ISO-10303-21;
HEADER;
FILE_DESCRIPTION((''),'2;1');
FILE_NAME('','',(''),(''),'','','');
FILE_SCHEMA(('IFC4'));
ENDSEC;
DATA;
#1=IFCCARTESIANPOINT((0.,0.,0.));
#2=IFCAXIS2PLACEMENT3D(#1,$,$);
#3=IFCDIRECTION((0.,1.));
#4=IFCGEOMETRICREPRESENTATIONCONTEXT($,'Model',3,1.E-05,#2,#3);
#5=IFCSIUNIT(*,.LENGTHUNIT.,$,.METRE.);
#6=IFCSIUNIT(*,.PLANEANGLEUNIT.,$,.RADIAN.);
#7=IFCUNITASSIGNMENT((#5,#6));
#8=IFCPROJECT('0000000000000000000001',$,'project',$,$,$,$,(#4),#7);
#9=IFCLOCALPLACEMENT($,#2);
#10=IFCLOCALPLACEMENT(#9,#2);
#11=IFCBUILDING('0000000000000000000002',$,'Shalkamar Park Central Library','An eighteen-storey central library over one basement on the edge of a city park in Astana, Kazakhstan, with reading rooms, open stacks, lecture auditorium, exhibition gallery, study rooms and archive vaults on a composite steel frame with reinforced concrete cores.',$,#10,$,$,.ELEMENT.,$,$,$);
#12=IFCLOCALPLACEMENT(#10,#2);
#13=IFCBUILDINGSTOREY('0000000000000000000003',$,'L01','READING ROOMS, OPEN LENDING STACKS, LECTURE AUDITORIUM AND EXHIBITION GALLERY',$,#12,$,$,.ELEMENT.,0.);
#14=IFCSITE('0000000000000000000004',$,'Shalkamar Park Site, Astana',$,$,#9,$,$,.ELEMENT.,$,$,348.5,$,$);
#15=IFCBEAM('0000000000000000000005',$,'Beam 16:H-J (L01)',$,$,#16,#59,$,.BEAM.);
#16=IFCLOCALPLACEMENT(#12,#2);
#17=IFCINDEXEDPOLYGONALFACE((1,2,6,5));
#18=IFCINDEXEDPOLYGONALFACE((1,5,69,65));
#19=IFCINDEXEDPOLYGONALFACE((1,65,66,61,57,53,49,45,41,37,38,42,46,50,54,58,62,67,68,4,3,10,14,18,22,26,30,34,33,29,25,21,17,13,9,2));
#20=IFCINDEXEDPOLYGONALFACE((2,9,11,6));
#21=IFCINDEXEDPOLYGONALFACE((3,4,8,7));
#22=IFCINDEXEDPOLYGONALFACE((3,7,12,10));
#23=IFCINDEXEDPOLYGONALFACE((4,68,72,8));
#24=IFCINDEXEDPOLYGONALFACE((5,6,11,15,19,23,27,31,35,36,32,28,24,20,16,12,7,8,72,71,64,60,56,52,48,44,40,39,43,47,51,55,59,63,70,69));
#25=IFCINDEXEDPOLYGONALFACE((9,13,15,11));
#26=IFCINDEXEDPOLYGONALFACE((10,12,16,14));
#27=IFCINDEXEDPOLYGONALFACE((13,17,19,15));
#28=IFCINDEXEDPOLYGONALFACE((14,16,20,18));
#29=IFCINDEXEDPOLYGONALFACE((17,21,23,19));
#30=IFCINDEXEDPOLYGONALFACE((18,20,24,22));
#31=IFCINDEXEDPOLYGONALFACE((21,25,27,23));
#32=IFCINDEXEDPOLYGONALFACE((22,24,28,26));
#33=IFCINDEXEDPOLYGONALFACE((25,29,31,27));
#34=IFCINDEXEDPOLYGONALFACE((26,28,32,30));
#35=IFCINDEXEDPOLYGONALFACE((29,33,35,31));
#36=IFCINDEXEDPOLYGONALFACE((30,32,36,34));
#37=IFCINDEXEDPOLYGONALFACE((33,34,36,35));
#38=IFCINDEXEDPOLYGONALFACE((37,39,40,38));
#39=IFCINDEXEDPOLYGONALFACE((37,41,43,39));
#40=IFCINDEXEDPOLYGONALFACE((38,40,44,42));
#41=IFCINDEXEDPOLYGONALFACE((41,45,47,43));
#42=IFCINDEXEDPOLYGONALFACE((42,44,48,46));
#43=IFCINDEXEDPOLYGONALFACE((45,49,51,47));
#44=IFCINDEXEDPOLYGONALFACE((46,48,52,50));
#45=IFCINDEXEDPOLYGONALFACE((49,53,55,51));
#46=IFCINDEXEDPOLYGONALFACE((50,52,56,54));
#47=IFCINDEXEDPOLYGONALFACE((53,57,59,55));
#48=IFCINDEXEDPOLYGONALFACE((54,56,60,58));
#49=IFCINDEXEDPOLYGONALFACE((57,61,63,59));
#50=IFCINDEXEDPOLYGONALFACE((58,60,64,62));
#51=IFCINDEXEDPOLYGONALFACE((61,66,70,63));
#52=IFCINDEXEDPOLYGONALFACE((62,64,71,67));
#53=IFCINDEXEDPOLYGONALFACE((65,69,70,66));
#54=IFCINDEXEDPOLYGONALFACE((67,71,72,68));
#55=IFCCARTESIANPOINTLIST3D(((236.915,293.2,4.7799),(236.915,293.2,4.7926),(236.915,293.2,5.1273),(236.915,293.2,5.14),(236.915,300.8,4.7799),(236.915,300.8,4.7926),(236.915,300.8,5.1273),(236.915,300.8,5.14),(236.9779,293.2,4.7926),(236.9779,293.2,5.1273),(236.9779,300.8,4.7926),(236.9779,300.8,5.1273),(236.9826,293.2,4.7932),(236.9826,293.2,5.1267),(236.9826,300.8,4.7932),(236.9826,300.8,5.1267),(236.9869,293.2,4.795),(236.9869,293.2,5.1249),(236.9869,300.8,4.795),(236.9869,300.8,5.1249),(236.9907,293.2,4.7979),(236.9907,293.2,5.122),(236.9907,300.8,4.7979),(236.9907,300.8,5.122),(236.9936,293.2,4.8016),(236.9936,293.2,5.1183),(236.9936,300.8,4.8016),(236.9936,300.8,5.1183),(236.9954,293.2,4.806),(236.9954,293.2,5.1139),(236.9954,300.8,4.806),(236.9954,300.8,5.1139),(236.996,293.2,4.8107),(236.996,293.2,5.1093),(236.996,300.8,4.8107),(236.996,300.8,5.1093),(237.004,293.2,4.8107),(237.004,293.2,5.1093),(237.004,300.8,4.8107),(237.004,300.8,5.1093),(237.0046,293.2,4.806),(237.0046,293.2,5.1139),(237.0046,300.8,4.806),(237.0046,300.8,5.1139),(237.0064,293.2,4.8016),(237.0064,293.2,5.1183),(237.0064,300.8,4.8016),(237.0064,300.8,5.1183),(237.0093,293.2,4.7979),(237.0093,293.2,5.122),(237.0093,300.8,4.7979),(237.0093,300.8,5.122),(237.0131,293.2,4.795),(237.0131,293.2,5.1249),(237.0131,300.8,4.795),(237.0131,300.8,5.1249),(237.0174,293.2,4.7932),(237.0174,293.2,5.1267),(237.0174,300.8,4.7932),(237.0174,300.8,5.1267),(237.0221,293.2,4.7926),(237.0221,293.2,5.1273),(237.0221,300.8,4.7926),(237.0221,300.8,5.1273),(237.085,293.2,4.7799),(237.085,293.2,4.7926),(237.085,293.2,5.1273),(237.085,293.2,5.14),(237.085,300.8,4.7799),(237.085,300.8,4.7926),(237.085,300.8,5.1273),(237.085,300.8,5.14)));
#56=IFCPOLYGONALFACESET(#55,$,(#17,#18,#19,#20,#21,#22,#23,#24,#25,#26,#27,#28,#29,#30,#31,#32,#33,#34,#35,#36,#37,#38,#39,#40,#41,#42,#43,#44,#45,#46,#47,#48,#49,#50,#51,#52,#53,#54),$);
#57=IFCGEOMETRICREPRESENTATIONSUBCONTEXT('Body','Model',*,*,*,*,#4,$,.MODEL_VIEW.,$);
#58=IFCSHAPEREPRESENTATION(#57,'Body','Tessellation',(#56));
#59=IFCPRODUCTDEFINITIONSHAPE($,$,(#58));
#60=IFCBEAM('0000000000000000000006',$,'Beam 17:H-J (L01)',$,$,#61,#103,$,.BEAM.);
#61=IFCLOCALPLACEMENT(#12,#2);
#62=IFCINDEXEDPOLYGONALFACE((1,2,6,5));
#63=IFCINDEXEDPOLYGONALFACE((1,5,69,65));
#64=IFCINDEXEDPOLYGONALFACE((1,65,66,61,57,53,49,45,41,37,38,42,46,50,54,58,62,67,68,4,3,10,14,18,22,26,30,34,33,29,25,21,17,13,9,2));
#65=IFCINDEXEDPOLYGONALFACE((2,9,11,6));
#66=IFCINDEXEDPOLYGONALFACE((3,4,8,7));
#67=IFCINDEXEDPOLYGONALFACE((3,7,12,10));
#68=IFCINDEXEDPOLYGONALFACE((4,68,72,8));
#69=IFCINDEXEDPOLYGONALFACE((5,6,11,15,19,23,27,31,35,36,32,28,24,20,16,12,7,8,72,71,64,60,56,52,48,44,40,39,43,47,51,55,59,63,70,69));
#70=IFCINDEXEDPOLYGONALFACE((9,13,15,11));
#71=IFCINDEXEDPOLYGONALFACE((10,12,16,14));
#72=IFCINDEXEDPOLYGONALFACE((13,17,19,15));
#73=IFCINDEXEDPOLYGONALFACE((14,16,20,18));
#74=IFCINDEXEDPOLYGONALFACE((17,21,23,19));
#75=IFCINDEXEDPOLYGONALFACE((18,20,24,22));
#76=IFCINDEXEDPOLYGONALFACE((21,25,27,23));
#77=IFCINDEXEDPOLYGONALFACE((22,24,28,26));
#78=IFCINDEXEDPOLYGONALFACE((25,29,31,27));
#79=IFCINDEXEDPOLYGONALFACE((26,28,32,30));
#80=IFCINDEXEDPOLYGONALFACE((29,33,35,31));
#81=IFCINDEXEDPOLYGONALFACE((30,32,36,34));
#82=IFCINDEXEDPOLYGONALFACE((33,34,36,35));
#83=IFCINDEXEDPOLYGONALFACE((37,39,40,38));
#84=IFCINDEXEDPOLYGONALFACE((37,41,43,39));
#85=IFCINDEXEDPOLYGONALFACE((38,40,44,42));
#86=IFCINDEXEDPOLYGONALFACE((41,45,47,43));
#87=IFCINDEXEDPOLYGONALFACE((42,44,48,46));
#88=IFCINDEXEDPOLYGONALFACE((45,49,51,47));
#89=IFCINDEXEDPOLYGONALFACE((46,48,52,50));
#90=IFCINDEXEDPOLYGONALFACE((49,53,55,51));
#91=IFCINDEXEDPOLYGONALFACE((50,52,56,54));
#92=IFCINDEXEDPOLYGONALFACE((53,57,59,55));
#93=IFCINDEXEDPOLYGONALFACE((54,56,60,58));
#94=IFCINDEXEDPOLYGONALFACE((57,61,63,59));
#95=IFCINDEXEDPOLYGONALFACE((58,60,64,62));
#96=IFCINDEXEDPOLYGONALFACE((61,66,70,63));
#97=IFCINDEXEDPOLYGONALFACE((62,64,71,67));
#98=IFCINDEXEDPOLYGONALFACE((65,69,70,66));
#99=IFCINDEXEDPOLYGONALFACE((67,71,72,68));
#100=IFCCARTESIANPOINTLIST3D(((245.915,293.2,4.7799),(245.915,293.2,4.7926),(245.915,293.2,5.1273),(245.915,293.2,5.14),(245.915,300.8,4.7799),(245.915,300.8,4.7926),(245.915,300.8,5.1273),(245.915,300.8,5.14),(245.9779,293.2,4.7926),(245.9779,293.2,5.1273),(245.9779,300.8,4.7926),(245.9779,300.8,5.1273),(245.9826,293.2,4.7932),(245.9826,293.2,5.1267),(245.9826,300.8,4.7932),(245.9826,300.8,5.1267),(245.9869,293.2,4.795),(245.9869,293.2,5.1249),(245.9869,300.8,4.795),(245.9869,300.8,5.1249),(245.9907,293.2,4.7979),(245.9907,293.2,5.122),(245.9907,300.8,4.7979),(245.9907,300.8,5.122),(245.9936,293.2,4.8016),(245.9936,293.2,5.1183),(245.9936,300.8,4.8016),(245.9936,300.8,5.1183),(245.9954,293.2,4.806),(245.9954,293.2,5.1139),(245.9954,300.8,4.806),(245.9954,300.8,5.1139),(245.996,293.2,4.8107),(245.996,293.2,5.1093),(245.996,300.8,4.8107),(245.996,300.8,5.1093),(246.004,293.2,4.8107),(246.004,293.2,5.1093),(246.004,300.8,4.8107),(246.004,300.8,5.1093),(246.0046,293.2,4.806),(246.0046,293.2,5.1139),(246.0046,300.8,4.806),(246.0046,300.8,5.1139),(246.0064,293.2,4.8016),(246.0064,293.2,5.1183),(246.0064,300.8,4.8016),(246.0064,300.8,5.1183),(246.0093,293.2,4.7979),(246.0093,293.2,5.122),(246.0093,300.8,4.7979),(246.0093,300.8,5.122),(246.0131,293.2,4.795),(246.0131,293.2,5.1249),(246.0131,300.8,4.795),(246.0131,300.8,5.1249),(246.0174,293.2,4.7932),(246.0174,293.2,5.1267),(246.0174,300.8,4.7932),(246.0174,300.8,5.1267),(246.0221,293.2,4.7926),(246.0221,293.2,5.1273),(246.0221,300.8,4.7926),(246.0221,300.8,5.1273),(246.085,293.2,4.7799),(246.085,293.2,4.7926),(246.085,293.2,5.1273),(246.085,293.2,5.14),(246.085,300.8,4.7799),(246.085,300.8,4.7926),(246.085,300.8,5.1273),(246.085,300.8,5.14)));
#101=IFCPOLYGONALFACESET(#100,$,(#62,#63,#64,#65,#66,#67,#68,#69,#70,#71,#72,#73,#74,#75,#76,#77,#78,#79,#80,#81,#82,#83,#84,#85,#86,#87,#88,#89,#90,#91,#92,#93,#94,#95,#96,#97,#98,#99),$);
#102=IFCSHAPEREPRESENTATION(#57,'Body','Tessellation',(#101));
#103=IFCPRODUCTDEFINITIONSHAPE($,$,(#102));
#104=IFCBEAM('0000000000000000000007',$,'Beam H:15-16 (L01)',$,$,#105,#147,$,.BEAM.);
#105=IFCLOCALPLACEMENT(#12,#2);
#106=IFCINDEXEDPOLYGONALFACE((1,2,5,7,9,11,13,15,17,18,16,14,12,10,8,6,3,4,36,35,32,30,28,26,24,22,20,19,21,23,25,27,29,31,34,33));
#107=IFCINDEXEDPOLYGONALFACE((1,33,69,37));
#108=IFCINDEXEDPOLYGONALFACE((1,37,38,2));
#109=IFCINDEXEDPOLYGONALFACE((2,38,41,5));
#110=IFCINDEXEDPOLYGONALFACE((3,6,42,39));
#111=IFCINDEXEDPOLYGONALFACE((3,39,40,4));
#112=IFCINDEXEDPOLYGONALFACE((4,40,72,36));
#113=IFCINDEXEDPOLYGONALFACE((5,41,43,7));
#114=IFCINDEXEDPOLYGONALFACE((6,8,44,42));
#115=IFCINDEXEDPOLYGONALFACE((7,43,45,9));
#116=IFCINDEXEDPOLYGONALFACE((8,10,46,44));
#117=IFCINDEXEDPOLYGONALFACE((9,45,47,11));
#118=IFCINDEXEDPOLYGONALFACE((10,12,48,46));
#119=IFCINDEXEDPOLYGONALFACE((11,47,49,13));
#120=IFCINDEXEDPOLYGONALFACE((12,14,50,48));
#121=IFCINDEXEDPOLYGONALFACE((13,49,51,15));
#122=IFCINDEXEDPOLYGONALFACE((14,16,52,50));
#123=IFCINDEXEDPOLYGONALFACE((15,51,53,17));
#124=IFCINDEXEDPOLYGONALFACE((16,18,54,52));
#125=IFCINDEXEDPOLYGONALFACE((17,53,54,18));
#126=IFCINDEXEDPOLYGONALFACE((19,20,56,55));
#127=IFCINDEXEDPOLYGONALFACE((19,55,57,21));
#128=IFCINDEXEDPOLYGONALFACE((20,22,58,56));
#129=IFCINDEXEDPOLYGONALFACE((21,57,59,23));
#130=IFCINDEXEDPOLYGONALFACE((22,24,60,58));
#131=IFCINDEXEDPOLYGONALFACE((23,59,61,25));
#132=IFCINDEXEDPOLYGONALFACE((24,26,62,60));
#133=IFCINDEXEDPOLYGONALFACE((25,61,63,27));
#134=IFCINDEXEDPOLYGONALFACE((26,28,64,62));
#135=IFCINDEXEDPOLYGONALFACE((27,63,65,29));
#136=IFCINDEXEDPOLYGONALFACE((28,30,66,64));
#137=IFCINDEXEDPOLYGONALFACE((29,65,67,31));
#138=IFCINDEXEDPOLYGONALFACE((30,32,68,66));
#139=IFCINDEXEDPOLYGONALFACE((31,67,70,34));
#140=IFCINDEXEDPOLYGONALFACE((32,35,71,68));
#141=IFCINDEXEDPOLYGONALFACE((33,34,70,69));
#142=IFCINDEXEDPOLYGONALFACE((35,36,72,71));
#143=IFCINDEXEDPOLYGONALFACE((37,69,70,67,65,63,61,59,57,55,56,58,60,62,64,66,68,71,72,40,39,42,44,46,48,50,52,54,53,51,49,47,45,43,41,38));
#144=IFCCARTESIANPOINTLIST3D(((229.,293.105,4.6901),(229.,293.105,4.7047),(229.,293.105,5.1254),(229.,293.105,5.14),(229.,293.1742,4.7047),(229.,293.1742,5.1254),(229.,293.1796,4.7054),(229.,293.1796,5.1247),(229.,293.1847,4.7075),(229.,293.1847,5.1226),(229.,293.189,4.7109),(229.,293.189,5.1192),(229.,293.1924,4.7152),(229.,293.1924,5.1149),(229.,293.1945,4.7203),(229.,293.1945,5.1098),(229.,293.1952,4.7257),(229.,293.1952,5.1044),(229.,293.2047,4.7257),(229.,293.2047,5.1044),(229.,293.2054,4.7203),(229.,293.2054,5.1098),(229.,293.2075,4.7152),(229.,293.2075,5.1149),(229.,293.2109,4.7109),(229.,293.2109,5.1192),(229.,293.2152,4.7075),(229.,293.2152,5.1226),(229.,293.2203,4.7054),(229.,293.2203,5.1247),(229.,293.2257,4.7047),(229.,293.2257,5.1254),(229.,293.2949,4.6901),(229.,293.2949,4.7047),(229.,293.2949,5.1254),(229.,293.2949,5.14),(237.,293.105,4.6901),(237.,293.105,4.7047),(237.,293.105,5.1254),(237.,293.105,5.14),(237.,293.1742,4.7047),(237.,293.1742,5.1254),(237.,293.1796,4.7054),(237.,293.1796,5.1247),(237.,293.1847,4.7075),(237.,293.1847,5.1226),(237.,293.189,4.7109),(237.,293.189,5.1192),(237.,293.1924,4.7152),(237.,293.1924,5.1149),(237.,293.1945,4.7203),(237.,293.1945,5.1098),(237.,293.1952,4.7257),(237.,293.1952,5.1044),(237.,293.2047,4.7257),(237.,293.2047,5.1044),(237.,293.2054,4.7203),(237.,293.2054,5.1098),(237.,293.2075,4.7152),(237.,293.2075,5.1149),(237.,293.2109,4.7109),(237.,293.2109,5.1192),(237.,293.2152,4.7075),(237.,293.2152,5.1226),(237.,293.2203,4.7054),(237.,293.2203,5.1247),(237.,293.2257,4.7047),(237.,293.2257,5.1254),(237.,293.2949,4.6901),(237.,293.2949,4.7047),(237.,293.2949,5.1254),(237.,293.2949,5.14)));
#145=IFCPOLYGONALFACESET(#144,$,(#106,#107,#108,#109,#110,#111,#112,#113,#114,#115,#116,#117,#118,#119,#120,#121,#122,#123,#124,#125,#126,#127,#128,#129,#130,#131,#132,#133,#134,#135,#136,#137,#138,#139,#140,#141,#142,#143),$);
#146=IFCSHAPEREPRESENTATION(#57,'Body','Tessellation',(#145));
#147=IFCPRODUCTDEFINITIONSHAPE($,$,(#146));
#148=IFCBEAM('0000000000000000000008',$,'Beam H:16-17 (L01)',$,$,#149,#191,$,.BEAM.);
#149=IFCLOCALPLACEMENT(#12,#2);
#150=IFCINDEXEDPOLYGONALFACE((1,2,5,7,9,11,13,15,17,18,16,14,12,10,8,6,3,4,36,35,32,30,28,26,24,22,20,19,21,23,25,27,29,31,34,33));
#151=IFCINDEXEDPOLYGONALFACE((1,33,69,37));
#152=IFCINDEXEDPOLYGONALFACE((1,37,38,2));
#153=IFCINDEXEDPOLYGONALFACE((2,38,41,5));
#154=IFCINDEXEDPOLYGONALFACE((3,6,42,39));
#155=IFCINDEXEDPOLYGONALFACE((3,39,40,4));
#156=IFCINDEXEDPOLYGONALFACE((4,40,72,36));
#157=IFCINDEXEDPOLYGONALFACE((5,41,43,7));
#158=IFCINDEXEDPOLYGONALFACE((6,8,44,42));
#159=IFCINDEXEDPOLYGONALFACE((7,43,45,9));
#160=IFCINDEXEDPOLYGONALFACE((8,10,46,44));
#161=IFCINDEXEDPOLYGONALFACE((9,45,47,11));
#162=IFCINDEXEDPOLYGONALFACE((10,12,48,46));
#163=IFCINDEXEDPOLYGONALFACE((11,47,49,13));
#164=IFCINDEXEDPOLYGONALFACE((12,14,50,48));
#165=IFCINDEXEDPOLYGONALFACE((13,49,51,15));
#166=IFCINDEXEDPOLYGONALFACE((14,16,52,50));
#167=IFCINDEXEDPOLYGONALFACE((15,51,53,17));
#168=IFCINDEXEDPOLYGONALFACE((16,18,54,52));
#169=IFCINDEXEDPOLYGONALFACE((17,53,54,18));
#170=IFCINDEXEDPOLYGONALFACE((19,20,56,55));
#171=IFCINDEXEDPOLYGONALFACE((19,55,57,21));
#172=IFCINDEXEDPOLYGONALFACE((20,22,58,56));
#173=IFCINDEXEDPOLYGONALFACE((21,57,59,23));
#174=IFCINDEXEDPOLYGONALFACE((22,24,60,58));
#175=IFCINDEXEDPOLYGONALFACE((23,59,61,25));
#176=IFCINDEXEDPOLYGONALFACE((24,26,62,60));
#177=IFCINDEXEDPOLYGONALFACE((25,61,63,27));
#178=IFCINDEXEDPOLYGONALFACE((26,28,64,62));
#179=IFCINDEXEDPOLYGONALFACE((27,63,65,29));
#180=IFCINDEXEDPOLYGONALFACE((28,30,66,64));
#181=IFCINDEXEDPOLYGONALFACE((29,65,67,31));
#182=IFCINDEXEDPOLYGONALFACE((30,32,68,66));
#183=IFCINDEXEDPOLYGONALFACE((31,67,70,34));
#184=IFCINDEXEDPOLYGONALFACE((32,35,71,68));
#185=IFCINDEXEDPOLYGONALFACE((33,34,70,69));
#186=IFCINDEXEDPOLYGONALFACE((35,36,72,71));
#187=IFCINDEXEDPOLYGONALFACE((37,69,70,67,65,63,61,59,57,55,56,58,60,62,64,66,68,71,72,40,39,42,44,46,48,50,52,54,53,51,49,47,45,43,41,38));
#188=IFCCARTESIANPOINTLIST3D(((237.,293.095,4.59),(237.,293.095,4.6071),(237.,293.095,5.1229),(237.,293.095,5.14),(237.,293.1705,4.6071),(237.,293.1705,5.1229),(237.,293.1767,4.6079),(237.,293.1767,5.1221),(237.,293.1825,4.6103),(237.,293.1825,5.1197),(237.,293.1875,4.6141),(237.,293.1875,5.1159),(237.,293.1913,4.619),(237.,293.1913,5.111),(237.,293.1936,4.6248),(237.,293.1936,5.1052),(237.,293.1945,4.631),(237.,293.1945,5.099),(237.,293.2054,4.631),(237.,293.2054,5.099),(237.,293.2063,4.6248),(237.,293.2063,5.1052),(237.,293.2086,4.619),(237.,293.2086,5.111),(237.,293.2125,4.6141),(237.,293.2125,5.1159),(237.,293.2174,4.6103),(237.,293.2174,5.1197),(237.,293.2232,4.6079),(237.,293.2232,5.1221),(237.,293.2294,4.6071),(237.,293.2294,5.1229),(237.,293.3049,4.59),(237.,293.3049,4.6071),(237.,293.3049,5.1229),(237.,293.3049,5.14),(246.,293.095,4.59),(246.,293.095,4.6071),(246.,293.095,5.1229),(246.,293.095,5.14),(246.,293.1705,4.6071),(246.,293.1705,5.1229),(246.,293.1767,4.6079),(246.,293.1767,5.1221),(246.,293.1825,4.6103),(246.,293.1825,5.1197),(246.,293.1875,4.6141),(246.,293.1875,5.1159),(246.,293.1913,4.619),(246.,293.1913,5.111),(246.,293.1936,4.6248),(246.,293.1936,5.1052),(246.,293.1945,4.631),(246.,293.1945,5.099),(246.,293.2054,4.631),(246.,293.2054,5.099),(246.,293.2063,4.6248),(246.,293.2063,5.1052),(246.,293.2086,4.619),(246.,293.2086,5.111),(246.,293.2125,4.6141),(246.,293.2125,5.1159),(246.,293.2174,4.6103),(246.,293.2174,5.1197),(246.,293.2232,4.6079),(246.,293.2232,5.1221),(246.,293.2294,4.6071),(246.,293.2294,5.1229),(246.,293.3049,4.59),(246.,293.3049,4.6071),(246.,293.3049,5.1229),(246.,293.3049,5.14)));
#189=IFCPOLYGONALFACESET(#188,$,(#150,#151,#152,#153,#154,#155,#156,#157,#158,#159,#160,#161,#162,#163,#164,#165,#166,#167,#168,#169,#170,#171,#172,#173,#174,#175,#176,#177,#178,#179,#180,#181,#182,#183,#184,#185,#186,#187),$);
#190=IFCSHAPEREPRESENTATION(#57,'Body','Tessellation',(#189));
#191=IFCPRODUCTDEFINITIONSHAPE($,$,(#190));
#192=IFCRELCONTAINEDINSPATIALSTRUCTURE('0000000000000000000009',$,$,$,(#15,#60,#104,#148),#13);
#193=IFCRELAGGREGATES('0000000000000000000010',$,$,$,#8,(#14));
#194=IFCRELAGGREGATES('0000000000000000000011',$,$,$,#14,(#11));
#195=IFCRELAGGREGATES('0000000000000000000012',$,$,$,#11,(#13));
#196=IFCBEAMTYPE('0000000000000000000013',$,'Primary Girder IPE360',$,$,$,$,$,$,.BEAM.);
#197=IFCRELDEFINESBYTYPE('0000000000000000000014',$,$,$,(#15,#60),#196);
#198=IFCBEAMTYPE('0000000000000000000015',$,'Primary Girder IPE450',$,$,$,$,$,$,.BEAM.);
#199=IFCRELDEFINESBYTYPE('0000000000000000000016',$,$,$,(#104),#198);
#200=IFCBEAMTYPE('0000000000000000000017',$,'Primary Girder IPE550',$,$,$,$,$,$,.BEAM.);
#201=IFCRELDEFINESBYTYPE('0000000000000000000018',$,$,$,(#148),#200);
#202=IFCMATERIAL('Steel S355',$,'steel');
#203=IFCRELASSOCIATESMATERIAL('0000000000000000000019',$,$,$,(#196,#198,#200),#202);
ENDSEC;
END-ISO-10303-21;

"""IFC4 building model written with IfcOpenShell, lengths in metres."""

from ifc_helpers import new_model, si_unit, direction, frame, origin, origin_2d, place, context, subcontext, project, spatial, i_section, extrude, material, material_profile, profile_set, type_object, element, save


model = new_model("IFC4")

# Units and contexts
model_context = context("Model", 3, precision=1e-05, world=origin(), true_north=direction((0.0, 1.0)))
body_context = subcontext(model_context, "Body", "Model", "MODEL_VIEW")
ifc_project = project(units=[si_unit("LENGTHUNIT", "METRE"), si_unit("PLANEANGLEUNIT", "RADIAN")], contexts=[model_context])

# Site, building, storey
site_placement = place(None, origin())
site = spatial("IfcSite", under=ifc_project, at=site_placement, Name="Shalkamar Park Site, Astana", CompositionType="ELEMENT", RefElevation=348.5)
building_placement = place(site_placement, origin())
building = spatial("IfcBuilding", under=site, at=building_placement, Name="Shalkamar Park Central Library", Description="An eighteen-storey central library over one basement on the edge of a city park in Astana, Kazakhstan, with reading rooms, open stacks, lecture auditorium, exhibition gallery, study rooms and archive vaults on a composite steel frame with reinforced concrete cores.", CompositionType="ELEMENT")
storey_placement = place(building_placement, origin())
storey = spatial("IfcBuildingStorey", under=building, at=storey_placement, Name="L01", Description="READING ROOMS, OPEN LENDING STACKS, LECTURE AUDITORIUM AND EXHIBITION GALLERY", CompositionType="ELEMENT", Elevation=0.0)

# Shared definitions
ifc_material_1 = material(Name="Steel S355", Category="steel")

# Beams
ifc_material_profile_1 = material_profile(ifc_material_1, i_section(OverallWidth=0.1699, OverallDepth=0.3601, WebThickness=0.0081, FlangeThickness=0.0127, FilletRadius=0.0181, at=origin_2d()), Name="IPE 360")
ifc_profile_set_1 = profile_set([ifc_material_profile_1], Name="Steel S355")
beam_type_1 = type_object("IfcBeamType", Name="Primary Girder IPE360", PredefinedType="BEAM", material=ifc_profile_set_1)
for number, where, z_axis, x_axis, name in (
    (1, (237.0, 293.2, 4.96), (0.0, 1.0, 0.0), (-1.0, 0.0, 0.0), "Beam 16:H-J (L01)"),
    (2, (246.0, 293.2, 4.96), (0.0, 1.0, 0.0), (-1.0, 0.0, 0.0), "Beam 17:H-J (L01)"),
):
    element("IfcBeam", number, at=place(storey_placement, frame(where, z_axis=z_axis, x_axis=x_axis)), inside=storey, type_object=beam_type_1, Name=name, PredefinedType="BEAM", context=body_context, shape_type="SweptSolid", body=[
        extrude(i_section(OverallWidth=0.1699, OverallDepth=0.3601, WebThickness=0.0081, FlangeThickness=0.0127, FilletRadius=0.0181, at=origin_2d()), origin(), (0.0, 0.0, 1.0), 7.6001),
    ])
ifc_material_profile_2 = material_profile(ifc_material_1, i_section(OverallWidth=0.1899, OverallDepth=0.45, WebThickness=0.0095, FlangeThickness=0.0146, FilletRadius=0.021, at=origin_2d()), Name="IPE 450")
ifc_profile_set_2 = profile_set([ifc_material_profile_2], Name="Steel S355")
beam_type_2 = type_object("IfcBeamType", Name="Primary Girder IPE450", PredefinedType="BEAM", material=ifc_profile_set_2)
beam_1_placement = place(storey_placement, frame((229.0, 293.2, 4.915), z_axis=(1.0, 0.0, 0.0), x_axis=(0.0, 1.0, 0.0)))
element("IfcBeam", 3, at=beam_1_placement, inside=storey, type_object=beam_type_2, Name="Beam H:15-16 (L01)", PredefinedType="BEAM", context=body_context, shape_type="SweptSolid", body=[
    extrude(i_section(OverallWidth=0.1899, OverallDepth=0.45, WebThickness=0.0095, FlangeThickness=0.0146, FilletRadius=0.021, at=origin_2d()), origin(), (0.0, 0.0, 1.0), 8.0),
])
ifc_material_profile_3 = material_profile(ifc_material_1, i_section(OverallWidth=0.21, OverallDepth=0.55, WebThickness=0.011, FlangeThickness=0.0171, FilletRadius=0.0239, at=origin_2d()), Name="IPE 550")
ifc_profile_set_3 = profile_set([ifc_material_profile_3], Name="Steel S355")
beam_type_3 = type_object("IfcBeamType", Name="Primary Girder IPE550", PredefinedType="BEAM", material=ifc_profile_set_3)
for number, where, z_axis, x_axis, name in (
    (4, (237.0, 293.2, 4.865), (1.0, 0.0, 0.0), (0.0, 1.0, 0.0), "Beam H:16-17 (L01)"),
):
    element("IfcBeam", number, at=place(storey_placement, frame(where, z_axis=z_axis, x_axis=x_axis)), inside=storey, type_object=beam_type_3, Name=name, PredefinedType="BEAM", context=body_context, shape_type="SweptSolid", body=[
        extrude(i_section(OverallWidth=0.21, OverallDepth=0.55, WebThickness=0.011, FlangeThickness=0.0171, FilletRadius=0.0239, at=origin_2d()), origin(), (0.0, 0.0, 1.0), 9.0),
    ])

save(model, "model.ifc")
